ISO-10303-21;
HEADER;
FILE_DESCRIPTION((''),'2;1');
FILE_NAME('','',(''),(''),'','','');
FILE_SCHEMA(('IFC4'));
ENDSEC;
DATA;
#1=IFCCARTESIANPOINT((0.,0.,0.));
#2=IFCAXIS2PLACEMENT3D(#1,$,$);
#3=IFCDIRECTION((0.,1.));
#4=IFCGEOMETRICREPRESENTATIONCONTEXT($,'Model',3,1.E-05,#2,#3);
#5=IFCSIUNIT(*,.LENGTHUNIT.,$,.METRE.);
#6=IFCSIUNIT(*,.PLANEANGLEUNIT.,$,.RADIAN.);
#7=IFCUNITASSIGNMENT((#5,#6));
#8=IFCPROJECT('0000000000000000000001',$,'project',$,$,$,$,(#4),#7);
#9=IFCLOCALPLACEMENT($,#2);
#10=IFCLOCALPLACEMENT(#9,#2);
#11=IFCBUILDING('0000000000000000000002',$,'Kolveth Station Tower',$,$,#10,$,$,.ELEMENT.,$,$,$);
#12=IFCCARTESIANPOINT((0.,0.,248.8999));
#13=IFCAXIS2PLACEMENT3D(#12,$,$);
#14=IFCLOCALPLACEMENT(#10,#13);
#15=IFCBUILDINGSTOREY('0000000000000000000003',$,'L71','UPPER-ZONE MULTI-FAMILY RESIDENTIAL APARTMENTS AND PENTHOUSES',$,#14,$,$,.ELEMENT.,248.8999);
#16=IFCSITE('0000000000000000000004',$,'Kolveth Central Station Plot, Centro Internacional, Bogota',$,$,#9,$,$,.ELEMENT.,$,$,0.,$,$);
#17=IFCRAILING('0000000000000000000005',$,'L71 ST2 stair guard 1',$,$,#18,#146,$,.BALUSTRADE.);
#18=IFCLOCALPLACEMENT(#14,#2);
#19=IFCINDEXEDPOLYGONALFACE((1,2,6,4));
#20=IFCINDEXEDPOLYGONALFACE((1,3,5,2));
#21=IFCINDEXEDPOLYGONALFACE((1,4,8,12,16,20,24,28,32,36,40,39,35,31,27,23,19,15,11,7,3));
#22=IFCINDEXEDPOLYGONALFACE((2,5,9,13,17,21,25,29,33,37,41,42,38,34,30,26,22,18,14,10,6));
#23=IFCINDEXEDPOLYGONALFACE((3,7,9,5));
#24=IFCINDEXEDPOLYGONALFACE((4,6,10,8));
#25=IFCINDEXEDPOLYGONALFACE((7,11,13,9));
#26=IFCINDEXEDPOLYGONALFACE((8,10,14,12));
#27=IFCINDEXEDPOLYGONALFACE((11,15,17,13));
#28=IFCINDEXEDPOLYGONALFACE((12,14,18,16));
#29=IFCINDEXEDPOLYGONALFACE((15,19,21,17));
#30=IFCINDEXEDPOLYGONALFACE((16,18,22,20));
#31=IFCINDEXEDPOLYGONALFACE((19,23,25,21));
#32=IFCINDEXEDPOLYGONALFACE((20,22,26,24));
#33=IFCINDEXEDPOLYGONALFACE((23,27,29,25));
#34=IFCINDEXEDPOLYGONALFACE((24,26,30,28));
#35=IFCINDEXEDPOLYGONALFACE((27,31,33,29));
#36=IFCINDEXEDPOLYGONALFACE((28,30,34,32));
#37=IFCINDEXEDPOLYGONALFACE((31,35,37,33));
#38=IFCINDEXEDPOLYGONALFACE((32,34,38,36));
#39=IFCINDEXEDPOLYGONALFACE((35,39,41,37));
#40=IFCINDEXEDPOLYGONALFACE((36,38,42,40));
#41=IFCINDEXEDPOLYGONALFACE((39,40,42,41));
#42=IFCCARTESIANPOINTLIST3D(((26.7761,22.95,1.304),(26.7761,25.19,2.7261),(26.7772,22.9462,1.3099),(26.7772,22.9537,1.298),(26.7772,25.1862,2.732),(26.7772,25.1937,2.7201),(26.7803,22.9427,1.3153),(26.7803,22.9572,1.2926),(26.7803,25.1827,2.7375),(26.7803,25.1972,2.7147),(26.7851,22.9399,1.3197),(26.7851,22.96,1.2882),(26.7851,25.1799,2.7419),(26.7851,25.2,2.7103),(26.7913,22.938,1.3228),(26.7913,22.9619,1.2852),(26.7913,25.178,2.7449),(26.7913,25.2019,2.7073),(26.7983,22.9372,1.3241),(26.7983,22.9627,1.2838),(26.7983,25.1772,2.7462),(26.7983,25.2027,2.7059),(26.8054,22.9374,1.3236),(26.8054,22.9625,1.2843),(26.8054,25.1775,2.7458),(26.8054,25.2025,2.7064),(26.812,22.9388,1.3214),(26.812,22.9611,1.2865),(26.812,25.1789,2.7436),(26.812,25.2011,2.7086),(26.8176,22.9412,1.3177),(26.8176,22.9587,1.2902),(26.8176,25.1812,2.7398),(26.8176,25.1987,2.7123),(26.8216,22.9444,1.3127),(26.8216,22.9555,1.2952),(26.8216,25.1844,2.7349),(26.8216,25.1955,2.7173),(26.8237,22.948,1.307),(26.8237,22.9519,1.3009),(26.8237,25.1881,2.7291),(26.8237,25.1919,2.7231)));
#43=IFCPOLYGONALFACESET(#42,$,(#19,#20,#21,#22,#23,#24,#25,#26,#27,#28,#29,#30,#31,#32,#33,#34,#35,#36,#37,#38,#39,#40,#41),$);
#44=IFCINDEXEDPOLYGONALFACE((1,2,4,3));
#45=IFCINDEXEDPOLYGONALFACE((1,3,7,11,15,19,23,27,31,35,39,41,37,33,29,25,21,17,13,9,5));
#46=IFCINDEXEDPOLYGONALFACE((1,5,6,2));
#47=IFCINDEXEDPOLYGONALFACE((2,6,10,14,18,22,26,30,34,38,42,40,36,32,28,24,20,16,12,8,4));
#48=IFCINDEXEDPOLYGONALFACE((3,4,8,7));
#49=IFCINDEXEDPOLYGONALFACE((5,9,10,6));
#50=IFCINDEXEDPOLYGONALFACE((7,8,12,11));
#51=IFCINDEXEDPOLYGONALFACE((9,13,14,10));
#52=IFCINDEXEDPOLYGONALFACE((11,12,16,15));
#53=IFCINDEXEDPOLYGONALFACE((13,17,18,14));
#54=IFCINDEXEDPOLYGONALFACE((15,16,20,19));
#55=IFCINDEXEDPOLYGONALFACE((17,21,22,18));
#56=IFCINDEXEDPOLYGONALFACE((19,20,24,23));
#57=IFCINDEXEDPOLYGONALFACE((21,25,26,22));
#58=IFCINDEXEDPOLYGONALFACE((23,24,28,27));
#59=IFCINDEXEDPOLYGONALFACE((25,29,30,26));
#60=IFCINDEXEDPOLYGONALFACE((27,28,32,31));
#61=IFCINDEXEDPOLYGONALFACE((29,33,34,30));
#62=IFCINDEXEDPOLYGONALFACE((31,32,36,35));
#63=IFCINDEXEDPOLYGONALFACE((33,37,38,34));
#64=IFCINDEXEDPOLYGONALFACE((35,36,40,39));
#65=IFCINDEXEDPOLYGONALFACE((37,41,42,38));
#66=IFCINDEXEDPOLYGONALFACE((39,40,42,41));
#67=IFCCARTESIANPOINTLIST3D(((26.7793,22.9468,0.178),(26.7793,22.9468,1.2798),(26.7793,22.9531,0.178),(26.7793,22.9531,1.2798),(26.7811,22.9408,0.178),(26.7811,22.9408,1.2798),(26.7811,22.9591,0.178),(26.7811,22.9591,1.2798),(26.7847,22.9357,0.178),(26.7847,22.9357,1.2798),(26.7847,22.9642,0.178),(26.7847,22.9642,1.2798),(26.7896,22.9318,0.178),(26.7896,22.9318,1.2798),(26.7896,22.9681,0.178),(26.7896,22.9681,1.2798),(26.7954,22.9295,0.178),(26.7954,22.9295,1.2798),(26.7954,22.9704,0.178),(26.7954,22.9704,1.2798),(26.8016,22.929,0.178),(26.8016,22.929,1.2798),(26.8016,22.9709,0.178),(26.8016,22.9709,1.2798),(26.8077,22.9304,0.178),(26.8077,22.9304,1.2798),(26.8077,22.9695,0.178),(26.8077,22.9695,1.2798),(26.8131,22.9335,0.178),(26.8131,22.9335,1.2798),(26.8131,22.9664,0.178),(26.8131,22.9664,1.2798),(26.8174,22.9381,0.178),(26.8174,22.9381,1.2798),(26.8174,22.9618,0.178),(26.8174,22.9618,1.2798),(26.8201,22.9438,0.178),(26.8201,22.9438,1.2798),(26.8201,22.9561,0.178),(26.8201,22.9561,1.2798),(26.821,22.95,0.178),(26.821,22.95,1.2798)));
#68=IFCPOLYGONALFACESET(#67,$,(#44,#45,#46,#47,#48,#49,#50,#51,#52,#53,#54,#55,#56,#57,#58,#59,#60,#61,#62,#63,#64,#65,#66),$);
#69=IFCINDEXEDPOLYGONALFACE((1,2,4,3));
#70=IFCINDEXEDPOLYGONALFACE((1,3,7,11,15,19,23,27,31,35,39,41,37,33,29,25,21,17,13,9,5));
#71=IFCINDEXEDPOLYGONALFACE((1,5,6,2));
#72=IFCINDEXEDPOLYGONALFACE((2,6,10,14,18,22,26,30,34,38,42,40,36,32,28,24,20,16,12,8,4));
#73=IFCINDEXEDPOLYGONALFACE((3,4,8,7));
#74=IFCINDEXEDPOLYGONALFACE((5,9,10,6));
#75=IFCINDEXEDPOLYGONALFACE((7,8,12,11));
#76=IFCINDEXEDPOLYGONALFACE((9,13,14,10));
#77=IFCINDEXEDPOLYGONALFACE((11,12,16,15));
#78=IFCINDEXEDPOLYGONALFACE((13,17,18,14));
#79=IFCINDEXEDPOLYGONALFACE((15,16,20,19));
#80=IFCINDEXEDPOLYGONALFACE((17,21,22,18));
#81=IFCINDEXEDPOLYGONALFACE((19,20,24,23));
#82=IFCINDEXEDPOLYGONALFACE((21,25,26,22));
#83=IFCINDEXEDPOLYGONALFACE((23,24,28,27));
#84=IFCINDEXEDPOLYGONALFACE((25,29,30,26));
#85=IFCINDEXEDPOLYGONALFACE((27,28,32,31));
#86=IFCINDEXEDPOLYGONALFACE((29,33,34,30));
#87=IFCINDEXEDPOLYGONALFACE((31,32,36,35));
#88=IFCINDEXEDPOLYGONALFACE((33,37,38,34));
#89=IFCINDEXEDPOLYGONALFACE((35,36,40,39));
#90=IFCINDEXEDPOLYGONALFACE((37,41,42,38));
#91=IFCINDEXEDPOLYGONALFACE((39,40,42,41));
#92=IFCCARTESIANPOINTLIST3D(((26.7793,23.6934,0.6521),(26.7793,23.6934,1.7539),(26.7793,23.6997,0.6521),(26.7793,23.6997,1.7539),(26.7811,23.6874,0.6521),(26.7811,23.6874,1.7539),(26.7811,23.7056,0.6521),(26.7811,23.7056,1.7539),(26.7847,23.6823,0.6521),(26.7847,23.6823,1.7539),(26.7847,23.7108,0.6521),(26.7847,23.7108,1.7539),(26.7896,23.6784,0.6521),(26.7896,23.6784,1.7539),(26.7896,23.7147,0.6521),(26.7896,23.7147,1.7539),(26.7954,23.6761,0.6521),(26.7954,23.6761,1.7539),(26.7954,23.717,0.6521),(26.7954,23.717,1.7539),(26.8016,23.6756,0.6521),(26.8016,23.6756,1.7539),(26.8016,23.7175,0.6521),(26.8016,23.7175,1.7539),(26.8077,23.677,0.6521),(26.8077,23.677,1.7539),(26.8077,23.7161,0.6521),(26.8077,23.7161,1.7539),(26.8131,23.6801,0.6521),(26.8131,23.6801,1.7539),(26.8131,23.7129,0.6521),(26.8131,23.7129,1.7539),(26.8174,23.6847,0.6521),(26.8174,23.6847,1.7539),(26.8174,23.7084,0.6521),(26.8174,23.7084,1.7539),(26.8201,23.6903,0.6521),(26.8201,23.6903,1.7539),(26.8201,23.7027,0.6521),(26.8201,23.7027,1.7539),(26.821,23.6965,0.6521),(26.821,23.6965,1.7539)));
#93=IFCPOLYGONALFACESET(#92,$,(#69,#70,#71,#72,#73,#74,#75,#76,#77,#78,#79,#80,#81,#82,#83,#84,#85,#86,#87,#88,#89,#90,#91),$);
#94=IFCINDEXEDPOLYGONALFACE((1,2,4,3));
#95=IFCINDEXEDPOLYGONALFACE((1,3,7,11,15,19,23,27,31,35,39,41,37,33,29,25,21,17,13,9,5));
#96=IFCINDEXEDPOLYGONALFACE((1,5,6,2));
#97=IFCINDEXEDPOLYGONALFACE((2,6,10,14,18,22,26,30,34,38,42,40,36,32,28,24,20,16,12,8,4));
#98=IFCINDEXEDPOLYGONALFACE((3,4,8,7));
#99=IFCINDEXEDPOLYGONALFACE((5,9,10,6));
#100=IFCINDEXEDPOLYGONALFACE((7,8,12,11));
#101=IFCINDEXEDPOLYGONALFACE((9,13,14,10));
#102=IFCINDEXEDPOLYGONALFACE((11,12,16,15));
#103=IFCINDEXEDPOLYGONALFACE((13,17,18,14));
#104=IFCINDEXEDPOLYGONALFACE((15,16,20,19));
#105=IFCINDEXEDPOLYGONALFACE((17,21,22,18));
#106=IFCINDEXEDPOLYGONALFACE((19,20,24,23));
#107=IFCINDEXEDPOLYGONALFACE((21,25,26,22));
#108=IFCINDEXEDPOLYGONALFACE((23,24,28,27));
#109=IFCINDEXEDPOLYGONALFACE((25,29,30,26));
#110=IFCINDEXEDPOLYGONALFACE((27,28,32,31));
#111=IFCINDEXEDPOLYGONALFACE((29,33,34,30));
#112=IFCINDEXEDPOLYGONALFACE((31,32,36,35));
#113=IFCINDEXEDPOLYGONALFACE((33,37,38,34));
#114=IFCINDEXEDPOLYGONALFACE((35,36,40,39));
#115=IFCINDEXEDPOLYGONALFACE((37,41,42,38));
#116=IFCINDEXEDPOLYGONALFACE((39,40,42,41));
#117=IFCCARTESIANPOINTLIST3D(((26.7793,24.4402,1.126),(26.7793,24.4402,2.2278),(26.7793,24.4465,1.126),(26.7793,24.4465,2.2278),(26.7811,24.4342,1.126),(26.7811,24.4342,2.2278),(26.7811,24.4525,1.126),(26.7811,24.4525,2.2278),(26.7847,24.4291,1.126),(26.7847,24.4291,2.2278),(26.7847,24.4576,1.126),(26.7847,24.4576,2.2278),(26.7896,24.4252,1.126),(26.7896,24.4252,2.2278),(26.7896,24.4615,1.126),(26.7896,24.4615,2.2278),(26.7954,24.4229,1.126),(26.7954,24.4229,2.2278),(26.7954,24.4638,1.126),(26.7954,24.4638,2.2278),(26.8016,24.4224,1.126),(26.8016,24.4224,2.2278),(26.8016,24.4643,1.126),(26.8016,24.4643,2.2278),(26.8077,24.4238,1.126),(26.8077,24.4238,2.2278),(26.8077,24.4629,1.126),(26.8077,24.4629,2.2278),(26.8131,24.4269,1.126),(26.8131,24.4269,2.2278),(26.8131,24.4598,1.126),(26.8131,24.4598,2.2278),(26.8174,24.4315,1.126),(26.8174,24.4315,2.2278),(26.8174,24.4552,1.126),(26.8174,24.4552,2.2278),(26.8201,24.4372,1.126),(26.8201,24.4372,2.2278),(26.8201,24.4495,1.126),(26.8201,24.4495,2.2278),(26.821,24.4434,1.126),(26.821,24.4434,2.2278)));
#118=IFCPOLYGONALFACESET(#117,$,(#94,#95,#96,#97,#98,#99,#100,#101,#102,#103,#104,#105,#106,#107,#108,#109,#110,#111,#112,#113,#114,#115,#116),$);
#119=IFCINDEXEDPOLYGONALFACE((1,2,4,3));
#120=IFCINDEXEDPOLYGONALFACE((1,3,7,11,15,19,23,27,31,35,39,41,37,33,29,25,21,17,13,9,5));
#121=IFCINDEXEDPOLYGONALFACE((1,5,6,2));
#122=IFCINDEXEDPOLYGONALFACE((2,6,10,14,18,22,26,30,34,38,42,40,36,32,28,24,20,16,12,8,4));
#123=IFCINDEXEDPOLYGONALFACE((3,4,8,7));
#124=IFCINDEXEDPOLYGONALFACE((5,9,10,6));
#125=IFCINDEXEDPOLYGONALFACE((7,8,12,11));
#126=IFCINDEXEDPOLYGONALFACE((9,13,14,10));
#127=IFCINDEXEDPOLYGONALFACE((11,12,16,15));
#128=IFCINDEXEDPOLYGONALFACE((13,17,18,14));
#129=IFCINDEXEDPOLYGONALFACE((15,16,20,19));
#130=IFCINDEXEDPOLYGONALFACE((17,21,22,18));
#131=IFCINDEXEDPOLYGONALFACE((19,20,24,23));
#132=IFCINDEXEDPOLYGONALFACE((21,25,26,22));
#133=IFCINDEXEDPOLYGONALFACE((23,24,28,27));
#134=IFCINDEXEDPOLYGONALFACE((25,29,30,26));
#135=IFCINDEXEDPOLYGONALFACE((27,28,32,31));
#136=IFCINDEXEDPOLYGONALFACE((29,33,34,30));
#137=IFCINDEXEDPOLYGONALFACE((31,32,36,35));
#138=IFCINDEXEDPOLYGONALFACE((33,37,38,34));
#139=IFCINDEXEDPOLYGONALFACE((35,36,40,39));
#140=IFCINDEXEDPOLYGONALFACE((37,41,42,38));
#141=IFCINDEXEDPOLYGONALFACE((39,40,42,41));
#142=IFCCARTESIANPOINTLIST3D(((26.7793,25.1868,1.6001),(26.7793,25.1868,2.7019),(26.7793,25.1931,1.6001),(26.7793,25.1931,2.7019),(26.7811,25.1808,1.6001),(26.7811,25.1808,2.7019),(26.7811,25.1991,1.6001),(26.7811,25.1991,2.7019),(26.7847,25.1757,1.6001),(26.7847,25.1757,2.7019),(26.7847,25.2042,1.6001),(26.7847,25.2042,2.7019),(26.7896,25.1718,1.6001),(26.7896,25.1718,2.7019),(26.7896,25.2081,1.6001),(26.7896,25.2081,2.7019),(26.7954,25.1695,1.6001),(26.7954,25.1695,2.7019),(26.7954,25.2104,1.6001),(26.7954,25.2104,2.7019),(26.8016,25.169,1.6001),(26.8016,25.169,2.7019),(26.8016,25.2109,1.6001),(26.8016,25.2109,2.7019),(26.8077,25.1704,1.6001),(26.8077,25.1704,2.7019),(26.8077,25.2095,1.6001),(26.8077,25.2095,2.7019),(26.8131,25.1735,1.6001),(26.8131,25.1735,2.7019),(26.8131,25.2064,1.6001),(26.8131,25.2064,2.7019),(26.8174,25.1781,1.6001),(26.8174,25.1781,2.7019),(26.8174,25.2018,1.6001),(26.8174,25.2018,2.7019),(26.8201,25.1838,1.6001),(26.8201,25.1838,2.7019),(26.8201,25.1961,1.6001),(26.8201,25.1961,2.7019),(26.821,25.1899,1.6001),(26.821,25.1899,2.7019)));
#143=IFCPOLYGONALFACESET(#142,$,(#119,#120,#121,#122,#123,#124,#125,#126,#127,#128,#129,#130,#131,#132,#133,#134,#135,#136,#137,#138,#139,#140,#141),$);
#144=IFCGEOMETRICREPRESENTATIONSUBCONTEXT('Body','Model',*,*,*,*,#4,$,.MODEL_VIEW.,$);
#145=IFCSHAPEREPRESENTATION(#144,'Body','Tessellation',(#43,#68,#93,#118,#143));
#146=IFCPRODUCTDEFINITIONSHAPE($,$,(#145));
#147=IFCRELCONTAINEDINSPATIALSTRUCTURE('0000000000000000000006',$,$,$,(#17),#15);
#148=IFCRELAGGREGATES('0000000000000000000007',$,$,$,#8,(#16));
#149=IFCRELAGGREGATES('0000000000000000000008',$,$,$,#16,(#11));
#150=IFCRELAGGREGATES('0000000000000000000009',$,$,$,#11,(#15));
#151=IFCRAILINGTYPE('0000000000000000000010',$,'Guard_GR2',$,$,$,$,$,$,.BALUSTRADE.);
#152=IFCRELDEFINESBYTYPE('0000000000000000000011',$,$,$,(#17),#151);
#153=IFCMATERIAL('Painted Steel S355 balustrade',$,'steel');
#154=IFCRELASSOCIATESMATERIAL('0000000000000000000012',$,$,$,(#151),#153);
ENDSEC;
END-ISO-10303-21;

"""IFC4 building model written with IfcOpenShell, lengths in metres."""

from ifc_helpers import new_model, si_unit, direction, frame, origin, origin_2d, place, context, subcontext, project, spatial, circle, extrude, material, type_object, element, save


model = new_model("IFC4")

# Units and contexts
model_context = context("Model", 3, precision=1e-05, world=origin(), true_north=direction((0.0, 1.0)))
body_context = subcontext(model_context, "Body", "Model", "MODEL_VIEW")
ifc_project = project(units=[si_unit("LENGTHUNIT", "METRE"), si_unit("PLANEANGLEUNIT", "RADIAN")], contexts=[model_context])

# Site, building, storey
site_placement = place(None, origin())
site = spatial("IfcSite", under=ifc_project, at=site_placement, Name="Kolveth Central Station Plot, Centro Internacional, Bogota", CompositionType="ELEMENT", RefElevation=0.0)
building_placement = place(site_placement, origin())
building = spatial("IfcBuilding", under=site, at=building_placement, Name="Kolveth Station Tower", CompositionType="ELEMENT")
storey_placement = place(building_placement, frame((0.0, 0.0, 248.8999)))
storey = spatial("IfcBuildingStorey", under=building, at=storey_placement, Name="L71", Description="UPPER-ZONE MULTI-FAMILY RESIDENTIAL APARTMENTS AND PENTHOUSES", CompositionType="ELEMENT", Elevation=248.8999)

# Railing
ifc_material_1 = material(Name="Painted Steel S355 balustrade", Category="steel")
railing_type_1 = type_object("IfcRailingType", Name="Guard_GR2", PredefinedType="BALUSTRADE", material=ifc_material_1)
railing_1_placement = place(storey_placement, frame((26.8, 22.95, 0.178)))
element("IfcRailing", 1, at=railing_1_placement, inside=storey, type_object=railing_type_1, Name="L71 ST2 stair guard 1", PredefinedType="BALUSTRADE", context=body_context, shape_type="SweptSolid", body=[
    extrude(circle(Radius=0.0239, at=origin_2d()), frame((0.0, 0.0, 1.126), z_axis=(0.0, 0.844229, 0.535982), x_axis=(-1.0, 0.0, 0.0)), (0.0, 0.0, 1.0), 2.6533),
    extrude(circle(Radius=0.021, at=origin_2d()), origin(), (0.0, 0.0, 1.0), 1.1018),
    extrude(circle(Radius=0.021, at=origin_2d()), frame((0.0, 0.7466, 0.4741)), (0.0, 0.0, 1.0), 1.1018),
    extrude(circle(Radius=0.021, at=origin_2d()), frame((0.0, 1.4934, 0.948)), (0.0, 0.0, 1.0), 1.1018),
    extrude(circle(Radius=0.021, at=origin_2d()), frame((0.0, 2.24, 1.4221)), (0.0, 0.0, 1.0), 1.1018),
])

save(model, "model.ifc")
